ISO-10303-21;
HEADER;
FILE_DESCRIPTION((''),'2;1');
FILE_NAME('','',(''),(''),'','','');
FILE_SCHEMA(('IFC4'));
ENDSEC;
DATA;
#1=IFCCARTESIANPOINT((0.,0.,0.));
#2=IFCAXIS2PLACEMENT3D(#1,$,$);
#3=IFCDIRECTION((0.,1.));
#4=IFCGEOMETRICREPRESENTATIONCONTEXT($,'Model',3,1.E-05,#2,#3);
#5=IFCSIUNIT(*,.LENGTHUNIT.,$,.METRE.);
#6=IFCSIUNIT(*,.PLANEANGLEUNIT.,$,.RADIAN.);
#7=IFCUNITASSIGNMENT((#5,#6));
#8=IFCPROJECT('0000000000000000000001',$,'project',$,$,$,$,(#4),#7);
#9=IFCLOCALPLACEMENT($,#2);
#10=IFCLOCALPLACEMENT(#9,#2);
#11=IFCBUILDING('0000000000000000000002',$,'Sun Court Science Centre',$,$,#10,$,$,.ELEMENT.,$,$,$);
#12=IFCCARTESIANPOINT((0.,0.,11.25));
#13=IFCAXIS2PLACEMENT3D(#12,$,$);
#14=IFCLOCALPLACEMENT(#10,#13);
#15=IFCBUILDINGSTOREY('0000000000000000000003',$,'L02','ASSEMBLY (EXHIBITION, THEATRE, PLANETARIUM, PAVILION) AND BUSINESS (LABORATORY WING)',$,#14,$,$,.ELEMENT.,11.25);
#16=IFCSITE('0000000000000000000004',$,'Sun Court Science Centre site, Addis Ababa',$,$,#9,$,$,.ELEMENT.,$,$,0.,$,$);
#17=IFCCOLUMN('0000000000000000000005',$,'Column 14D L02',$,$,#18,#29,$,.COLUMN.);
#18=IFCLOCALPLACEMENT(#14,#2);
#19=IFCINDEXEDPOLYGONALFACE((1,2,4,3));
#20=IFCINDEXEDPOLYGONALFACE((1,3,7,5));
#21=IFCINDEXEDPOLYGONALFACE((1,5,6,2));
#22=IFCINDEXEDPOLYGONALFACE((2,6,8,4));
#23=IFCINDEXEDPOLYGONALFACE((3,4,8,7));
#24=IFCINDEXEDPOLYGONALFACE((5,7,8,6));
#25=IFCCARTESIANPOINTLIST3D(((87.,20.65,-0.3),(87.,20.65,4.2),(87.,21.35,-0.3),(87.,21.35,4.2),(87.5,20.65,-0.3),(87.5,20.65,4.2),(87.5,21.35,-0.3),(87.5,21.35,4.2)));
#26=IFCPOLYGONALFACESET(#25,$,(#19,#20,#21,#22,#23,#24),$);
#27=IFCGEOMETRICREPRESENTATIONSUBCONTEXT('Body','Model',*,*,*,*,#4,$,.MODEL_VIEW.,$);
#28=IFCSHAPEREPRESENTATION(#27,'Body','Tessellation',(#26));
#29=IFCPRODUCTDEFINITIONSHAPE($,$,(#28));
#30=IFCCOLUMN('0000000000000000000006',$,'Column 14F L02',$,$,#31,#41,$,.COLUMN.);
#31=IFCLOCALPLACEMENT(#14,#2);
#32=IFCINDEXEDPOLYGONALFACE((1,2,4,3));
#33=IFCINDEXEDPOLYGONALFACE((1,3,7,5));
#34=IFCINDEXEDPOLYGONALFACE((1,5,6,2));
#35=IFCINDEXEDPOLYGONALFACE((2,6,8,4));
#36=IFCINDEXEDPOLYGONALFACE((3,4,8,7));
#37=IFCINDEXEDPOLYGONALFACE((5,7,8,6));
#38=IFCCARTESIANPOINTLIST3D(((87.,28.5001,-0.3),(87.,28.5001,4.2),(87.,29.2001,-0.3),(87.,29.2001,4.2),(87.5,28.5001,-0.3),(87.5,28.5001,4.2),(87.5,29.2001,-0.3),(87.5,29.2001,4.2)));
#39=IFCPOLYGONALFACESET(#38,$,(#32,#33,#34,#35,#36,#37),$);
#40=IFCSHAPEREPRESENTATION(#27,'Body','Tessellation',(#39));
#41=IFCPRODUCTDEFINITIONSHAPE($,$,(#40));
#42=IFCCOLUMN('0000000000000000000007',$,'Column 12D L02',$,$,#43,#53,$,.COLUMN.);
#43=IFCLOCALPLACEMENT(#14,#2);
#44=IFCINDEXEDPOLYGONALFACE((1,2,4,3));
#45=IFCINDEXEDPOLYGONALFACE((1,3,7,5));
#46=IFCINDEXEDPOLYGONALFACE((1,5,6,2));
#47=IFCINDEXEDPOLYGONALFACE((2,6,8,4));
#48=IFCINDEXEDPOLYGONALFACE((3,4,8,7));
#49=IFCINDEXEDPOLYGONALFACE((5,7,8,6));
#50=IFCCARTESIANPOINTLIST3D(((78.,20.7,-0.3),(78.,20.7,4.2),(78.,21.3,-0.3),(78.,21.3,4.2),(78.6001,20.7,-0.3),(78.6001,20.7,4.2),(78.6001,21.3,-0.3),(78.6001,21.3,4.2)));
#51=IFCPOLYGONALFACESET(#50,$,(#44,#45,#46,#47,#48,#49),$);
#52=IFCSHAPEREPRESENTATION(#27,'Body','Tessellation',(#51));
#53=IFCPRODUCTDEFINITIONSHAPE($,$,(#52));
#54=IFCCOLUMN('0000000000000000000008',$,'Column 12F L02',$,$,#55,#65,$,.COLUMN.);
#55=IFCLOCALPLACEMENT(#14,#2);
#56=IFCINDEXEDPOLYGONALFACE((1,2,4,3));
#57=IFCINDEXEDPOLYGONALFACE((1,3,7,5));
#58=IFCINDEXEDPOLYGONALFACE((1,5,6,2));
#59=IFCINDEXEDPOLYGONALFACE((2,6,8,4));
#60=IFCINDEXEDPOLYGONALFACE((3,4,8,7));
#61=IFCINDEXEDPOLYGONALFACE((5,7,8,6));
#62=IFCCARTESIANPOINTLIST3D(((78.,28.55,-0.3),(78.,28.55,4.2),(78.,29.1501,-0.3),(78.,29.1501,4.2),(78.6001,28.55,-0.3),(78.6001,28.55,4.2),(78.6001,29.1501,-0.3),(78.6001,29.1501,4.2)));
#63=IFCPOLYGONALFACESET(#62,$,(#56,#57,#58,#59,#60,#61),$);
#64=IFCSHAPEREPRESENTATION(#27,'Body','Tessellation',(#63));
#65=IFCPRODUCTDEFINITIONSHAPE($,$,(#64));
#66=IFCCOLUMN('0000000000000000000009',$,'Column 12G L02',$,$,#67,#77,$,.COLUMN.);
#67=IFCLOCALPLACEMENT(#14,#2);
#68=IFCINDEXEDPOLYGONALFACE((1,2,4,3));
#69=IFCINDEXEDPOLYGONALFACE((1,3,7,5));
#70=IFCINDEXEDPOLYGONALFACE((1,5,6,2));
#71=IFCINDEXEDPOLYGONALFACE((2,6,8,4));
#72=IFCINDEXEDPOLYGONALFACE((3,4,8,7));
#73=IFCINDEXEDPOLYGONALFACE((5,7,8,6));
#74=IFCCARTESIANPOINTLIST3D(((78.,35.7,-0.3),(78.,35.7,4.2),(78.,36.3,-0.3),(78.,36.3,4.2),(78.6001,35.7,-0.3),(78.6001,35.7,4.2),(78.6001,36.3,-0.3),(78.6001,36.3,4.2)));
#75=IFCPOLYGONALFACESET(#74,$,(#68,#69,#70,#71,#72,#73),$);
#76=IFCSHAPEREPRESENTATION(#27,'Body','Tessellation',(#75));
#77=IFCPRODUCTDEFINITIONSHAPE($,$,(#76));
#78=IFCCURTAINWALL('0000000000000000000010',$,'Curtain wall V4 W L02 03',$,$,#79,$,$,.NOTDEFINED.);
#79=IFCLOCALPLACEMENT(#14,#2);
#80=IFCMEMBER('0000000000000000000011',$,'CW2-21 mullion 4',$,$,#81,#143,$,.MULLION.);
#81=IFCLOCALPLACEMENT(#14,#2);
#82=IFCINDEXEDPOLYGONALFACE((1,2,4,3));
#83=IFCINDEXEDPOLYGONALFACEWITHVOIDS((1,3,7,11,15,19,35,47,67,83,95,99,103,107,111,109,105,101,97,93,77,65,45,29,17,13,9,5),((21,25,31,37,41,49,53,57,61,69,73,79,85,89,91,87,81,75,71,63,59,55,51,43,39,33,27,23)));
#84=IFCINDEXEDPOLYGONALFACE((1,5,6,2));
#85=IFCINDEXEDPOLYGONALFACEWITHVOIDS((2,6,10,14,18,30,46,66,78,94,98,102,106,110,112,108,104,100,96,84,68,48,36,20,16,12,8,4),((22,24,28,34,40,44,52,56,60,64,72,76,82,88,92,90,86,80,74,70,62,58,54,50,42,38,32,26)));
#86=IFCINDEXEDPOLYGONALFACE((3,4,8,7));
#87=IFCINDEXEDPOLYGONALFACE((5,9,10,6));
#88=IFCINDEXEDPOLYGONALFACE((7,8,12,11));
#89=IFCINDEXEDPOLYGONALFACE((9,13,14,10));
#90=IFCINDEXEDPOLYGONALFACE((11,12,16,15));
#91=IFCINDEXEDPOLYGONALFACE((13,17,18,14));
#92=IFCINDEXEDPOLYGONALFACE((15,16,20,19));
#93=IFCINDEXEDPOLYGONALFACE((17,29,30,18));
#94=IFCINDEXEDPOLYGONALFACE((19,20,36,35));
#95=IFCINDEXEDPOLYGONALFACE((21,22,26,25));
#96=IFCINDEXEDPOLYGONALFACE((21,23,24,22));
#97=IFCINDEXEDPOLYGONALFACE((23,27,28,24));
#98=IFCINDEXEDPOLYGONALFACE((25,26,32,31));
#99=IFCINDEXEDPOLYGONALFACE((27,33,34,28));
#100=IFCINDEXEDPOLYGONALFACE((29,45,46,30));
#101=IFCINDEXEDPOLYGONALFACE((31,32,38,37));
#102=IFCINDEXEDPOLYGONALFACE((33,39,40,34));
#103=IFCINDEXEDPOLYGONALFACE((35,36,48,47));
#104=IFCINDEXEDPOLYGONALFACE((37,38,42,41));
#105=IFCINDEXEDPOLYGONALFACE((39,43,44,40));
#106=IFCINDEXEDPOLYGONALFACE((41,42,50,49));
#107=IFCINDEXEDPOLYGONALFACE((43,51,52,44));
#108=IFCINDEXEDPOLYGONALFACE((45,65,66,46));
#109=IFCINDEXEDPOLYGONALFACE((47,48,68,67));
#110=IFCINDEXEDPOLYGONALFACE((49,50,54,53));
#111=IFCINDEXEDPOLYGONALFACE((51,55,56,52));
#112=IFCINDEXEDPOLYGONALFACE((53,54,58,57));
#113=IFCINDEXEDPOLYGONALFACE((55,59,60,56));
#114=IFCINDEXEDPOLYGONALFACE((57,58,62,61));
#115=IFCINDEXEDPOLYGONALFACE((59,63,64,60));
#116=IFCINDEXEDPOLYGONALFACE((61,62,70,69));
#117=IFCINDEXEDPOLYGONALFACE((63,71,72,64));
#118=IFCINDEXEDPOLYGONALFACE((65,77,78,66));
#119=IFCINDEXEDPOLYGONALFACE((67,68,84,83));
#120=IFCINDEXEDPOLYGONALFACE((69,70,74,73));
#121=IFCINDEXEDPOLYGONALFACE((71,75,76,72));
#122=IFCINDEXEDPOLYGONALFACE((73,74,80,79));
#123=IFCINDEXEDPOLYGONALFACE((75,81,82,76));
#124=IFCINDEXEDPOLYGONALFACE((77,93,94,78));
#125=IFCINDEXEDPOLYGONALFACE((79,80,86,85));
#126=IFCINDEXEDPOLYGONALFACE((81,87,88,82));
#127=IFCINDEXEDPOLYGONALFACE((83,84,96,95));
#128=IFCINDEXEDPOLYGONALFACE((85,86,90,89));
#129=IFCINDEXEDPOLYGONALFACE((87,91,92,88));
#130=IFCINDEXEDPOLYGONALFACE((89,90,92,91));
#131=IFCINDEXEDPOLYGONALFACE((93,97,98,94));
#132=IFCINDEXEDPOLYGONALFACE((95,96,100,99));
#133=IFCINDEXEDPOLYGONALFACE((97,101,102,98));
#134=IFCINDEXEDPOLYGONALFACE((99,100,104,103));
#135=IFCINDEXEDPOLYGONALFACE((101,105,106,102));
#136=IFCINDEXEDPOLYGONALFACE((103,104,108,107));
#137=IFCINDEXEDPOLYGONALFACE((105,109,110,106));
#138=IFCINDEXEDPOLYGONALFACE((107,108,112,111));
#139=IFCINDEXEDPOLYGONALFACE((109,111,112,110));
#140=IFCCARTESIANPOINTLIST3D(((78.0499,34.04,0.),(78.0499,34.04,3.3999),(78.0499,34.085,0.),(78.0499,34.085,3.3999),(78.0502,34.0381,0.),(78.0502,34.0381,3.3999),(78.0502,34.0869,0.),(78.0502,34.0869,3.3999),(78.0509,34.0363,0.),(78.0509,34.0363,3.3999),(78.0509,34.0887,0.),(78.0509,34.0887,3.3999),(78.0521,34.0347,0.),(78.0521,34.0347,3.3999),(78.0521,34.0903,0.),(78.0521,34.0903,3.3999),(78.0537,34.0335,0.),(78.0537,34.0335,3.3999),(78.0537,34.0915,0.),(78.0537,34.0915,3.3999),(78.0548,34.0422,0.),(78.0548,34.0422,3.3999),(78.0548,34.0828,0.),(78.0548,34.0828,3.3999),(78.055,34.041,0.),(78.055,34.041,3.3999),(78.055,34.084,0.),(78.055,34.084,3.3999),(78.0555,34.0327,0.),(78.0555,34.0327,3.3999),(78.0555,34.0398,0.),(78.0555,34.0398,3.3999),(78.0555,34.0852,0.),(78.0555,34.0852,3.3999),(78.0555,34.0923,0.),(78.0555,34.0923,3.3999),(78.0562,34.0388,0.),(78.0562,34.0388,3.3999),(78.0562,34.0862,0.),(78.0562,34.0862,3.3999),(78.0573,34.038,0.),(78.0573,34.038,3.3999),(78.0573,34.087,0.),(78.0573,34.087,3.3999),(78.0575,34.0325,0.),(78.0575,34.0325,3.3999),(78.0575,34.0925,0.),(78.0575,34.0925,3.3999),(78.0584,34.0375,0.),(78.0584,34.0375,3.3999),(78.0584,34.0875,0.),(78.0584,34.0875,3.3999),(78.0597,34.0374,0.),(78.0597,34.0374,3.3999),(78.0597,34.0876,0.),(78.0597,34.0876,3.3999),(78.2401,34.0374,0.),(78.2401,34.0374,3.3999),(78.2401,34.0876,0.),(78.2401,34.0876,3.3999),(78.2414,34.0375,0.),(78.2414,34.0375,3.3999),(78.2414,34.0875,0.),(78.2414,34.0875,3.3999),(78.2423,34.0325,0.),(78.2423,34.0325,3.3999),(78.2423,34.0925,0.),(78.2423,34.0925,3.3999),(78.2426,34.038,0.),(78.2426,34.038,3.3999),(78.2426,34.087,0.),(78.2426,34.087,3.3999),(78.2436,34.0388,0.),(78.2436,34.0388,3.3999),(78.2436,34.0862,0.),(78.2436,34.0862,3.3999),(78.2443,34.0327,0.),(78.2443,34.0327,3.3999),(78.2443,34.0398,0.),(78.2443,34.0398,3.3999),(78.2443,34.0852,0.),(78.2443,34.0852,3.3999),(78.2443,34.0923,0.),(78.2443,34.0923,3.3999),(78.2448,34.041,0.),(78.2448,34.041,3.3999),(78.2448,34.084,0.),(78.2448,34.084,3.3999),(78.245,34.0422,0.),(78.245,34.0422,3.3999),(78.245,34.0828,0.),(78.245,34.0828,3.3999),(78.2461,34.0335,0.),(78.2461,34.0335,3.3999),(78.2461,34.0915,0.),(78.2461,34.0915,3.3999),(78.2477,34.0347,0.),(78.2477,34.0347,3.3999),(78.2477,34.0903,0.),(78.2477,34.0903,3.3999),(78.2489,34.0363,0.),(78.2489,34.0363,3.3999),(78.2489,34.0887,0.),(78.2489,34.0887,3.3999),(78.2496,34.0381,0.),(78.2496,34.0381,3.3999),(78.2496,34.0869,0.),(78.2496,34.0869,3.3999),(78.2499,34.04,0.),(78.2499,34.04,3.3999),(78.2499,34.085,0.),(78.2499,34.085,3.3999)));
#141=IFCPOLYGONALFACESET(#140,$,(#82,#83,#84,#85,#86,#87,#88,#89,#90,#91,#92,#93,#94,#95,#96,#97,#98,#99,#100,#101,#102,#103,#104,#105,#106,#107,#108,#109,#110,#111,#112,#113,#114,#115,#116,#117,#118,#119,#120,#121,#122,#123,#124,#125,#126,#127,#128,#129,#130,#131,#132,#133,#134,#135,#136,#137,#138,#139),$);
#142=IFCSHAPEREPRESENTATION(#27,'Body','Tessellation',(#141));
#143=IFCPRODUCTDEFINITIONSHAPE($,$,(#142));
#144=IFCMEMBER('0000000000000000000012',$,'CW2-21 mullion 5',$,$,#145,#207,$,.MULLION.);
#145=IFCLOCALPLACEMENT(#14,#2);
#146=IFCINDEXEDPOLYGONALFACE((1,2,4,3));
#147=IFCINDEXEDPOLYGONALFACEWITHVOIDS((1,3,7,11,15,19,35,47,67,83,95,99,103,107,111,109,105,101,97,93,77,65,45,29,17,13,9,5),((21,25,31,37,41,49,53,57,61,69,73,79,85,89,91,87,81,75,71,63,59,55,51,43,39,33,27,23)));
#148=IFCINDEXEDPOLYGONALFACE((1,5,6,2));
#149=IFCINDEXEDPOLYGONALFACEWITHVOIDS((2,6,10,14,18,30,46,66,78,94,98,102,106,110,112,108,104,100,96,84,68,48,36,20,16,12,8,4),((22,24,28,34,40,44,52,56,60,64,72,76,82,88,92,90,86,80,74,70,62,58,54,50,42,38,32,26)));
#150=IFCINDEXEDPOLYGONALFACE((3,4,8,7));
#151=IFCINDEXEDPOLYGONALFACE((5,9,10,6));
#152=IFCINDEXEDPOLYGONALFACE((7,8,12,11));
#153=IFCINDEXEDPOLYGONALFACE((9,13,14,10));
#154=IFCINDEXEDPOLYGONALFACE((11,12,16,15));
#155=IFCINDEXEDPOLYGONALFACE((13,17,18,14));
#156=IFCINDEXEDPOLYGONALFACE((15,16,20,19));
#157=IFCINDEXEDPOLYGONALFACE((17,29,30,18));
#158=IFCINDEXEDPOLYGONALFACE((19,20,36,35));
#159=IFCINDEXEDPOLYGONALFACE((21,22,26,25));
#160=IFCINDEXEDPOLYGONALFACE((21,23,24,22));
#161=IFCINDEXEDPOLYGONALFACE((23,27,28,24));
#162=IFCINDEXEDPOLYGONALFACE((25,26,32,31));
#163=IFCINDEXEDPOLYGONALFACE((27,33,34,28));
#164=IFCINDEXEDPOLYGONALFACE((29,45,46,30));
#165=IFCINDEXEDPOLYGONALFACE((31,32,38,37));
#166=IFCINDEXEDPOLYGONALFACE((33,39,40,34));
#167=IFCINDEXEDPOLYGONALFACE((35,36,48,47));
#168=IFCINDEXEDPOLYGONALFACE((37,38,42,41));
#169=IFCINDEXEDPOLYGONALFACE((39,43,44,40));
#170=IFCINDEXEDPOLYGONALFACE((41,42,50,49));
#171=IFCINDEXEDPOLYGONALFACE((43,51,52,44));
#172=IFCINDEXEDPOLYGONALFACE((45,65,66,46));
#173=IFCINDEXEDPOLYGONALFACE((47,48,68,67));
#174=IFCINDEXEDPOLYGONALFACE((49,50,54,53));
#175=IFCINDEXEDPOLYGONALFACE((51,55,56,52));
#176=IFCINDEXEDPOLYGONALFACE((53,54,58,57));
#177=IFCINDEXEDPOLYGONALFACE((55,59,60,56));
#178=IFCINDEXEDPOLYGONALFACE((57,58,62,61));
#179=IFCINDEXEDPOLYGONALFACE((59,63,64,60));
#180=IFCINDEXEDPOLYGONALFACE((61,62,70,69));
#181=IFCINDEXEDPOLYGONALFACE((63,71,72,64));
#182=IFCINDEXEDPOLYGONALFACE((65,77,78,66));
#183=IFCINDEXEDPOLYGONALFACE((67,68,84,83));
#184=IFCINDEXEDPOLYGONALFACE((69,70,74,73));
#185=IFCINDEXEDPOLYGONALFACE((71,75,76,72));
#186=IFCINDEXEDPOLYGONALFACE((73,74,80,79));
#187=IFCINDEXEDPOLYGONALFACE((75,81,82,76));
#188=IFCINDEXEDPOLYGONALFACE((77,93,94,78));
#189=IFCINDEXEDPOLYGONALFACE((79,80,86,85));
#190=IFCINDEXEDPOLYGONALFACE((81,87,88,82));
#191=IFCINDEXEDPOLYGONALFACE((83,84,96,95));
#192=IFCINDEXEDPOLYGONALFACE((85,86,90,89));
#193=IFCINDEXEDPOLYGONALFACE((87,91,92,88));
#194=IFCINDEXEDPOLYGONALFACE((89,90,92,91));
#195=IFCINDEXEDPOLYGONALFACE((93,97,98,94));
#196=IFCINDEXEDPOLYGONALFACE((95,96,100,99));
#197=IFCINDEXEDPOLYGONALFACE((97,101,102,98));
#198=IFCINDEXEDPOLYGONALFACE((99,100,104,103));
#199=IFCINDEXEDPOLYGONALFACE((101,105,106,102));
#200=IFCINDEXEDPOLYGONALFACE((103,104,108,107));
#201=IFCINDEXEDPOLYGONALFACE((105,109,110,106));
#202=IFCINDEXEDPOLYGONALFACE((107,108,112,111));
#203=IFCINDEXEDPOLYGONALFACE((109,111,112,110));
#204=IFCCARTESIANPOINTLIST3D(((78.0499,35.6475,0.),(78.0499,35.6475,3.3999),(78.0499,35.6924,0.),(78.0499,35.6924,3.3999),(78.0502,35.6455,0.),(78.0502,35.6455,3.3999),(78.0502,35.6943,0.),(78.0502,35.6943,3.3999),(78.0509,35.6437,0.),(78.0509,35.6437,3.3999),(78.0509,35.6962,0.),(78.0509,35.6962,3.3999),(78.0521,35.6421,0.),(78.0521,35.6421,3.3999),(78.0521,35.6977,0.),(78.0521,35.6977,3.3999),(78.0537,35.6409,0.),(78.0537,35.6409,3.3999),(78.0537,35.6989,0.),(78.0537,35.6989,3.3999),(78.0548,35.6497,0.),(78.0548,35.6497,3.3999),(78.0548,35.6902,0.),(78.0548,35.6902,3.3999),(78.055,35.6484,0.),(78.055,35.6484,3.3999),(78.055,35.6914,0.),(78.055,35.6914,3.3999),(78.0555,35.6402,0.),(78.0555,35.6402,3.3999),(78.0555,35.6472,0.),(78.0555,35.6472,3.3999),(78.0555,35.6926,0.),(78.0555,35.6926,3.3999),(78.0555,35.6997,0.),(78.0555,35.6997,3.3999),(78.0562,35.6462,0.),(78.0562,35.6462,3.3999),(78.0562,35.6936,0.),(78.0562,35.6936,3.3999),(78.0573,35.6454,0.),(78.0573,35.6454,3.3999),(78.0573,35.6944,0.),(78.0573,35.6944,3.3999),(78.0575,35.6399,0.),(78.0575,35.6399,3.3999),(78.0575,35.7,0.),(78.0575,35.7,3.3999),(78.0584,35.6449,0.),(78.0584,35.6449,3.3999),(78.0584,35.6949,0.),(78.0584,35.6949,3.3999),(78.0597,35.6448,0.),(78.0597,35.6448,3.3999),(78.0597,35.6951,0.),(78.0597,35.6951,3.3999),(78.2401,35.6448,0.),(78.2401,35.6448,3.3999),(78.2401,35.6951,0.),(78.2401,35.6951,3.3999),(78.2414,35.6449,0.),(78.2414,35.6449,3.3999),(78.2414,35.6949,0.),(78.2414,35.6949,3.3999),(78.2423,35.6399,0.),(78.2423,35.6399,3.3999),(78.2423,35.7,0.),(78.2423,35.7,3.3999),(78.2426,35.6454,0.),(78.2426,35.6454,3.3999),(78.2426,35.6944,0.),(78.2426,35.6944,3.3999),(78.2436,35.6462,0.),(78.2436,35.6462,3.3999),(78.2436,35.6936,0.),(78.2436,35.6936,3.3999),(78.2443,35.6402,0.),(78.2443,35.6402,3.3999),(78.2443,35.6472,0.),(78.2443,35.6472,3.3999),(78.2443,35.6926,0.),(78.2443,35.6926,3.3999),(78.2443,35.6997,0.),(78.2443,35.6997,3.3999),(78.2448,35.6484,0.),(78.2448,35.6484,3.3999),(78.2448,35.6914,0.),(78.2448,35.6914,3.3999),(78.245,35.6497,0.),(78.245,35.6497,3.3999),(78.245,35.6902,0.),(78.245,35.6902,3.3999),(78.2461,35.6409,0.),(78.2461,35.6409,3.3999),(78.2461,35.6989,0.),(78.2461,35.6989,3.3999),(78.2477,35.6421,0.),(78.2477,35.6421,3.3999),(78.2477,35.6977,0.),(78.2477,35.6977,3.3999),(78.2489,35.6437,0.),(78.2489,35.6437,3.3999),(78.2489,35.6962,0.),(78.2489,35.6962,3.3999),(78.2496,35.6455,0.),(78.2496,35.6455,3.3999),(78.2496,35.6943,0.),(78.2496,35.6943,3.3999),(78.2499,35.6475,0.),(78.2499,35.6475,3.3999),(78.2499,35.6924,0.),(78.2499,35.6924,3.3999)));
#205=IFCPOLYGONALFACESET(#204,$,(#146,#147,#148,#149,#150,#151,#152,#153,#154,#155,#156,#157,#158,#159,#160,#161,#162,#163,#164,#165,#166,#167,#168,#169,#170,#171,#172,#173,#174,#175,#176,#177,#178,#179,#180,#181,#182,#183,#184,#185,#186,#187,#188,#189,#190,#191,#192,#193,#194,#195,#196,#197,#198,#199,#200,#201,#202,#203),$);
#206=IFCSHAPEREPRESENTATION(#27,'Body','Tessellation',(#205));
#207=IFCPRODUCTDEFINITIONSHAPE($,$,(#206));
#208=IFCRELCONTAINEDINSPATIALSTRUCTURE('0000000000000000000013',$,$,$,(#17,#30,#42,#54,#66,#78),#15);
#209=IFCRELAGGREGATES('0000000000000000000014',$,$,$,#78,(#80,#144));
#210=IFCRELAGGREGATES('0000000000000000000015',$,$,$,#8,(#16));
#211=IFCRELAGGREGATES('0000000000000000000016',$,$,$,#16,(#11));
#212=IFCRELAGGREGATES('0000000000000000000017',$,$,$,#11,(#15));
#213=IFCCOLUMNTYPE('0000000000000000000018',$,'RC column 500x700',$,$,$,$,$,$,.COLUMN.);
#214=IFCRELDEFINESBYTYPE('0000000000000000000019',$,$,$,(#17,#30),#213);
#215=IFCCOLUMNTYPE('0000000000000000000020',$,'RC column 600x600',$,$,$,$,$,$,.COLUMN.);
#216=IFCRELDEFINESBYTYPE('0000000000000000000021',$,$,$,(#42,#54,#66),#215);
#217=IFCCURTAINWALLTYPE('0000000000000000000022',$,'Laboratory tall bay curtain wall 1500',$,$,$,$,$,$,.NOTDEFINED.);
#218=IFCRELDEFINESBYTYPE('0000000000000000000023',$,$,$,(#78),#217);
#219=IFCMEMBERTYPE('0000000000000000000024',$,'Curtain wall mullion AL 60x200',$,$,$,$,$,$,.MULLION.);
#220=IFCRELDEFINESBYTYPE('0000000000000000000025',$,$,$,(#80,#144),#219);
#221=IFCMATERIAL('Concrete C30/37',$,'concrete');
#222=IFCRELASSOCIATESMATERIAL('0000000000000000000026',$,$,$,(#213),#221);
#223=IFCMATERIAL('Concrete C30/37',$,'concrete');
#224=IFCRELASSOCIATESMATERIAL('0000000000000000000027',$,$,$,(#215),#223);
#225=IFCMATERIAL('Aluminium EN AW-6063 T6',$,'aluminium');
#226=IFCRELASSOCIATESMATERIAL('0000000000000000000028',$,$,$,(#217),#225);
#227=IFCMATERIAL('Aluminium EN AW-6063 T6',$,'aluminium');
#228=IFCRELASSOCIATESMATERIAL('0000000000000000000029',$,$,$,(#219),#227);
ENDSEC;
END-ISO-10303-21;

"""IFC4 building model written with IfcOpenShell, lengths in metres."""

from ifc_helpers import new_model, si_unit, direction, frame, origin, origin_2d, place, context, subcontext, project, spatial, rectangle, hollow_rectangle, extrude, material, material_profile, profile_set, type_object, element, aggregate, save


model = new_model("IFC4")

# Units and contexts
model_context = context("Model", 3, precision=1e-05, world=origin(), true_north=direction((0.0, 1.0)))
body_context = subcontext(model_context, "Body", "Model", "MODEL_VIEW")
ifc_project = project(units=[si_unit("LENGTHUNIT", "METRE"), si_unit("PLANEANGLEUNIT", "RADIAN")], contexts=[model_context])

# Site, building, storey
site_placement = place(None, origin())
site = spatial("IfcSite", under=ifc_project, at=site_placement, Name="Sun Court Science Centre site, Addis Ababa", CompositionType="ELEMENT", RefElevation=0.0)
building_placement = place(site_placement, origin())
building = spatial("IfcBuilding", under=site, at=building_placement, Name="Sun Court Science Centre", CompositionType="ELEMENT")
storey_placement = place(building_placement, frame((0.0, 0.0, 11.25)))
storey = spatial("IfcBuildingStorey", under=building, at=storey_placement, Name="L02", Description="ASSEMBLY (EXHIBITION, THEATRE, PLANETARIUM, PAVILION) AND BUSINESS (LABORATORY WING)", CompositionType="ELEMENT", Elevation=11.25)

# Columns
ifc_material_1 = material(Name="Concrete C30/37", Category="concrete")
ifc_material_profile_1 = material_profile(ifc_material_1, rectangle(XDim=0.5, YDim=0.7, at=origin_2d()), Name="RC 500x700")
ifc_profile_set_1 = profile_set([ifc_material_profile_1], Name="Concrete C30/37")
column_type_1 = type_object("IfcColumnType", Name="RC column 500x700", PredefinedType="COLUMN", material=ifc_profile_set_1)
for number, where, z_axis, x_axis, name in (
    (1, (87.25, 21.0, -0.3), (0.0, 0.0, 1.0), (1.0, 0.0, 0.0), "Column 14D L02"),
    (2, (87.25, 28.8501, -0.3), (0.0, 0.0, 1.0), (1.0, 0.0, 0.0), "Column 14F L02"),
):
    element("IfcColumn", number, at=place(storey_placement, frame(where, z_axis=z_axis, x_axis=x_axis)), inside=storey, type_object=column_type_1, Name=name, PredefinedType="COLUMN", context=body_context, shape_type="SweptSolid", body=[
        extrude(rectangle(XDim=0.5, YDim=0.7, at=origin_2d()), origin(), (0.0, 0.0, 1.0), 4.5),
    ])
ifc_material_2 = material(Name="Concrete C30/37", Category="concrete")
ifc_material_profile_2 = material_profile(ifc_material_2, rectangle(XDim=0.6001, YDim=0.6001, at=origin_2d()), Name="RC 600x600")
ifc_profile_set_2 = profile_set([ifc_material_profile_2], Name="Concrete C30/37")
column_type_2 = type_object("IfcColumnType", Name="RC column 600x600", PredefinedType="COLUMN", material=ifc_profile_set_2)
for number, where, z_axis, x_axis, name in (
    (3, (78.3, 21.0, -0.3), (0.0, 0.0, 1.0), (1.0, 0.0, 0.0), "Column 12D L02"),
    (4, (78.3, 28.8501, -0.3), (0.0, 0.0, 1.0), (1.0, 0.0, 0.0), "Column 12F L02"),
    (5, (78.3, 36.0, -0.3), (0.0, 0.0, 1.0), (1.0, 0.0, 0.0), "Column 12G L02"),
):
    element("IfcColumn", number, at=place(storey_placement, frame(where, z_axis=z_axis, x_axis=x_axis)), inside=storey, type_object=column_type_2, Name=name, PredefinedType="COLUMN", context=body_context, shape_type="SweptSolid", body=[
        extrude(rectangle(XDim=0.6001, YDim=0.6001, at=origin_2d()), origin(), (0.0, 0.0, 1.0), 4.5),
    ])

# Curtain wall, members
ifc_material_3 = material(Name="Aluminium EN AW-6063 T6", Category="aluminium")
curtain_wall_type = type_object("IfcCurtainWallType", Name="Laboratory tall bay curtain wall 1500", PredefinedType="NOTDEFINED", material=ifc_material_3)
curtain_wall_placement = place(storey_placement, origin())
curtain_wall = element("IfcCurtainWall", 6, at=curtain_wall_placement, inside=storey, type_object=curtain_wall_type, Name="Curtain wall V4 W L02 03", PredefinedType="NOTDEFINED")
ifc_material_4 = material(Name="Aluminium EN AW-6063 T6", Category="aluminium")
ifc_material_profile_3 = material_profile(ifc_material_4, hollow_rectangle(XDim=0.0601, YDim=0.2, WallThickness=0.0049, InnerFilletRadius=0.0049, OuterFilletRadius=0.0076, at=origin_2d()), Name="AL 60x200x5")
ifc_profile_set_3 = profile_set([ifc_material_profile_3], Name="Aluminium EN AW-6063 T6")
member_type_1 = type_object("IfcMemberType", Name="Curtain wall mullion AL 60x200", PredefinedType="MULLION", material=ifc_profile_set_3)
member_1_placement = place(storey_placement, frame((78.1499, 34.0625, 0.0), z_axis=(0.0, 0.0, 1.0), x_axis=(0.0, 1.0, 0.0)))
member_1 = element("IfcMember", 7, at=member_1_placement, type_object=member_type_1, Name="CW2-21 mullion 4", PredefinedType="MULLION", context=body_context, shape_type="SweptSolid", body=[
    extrude(hollow_rectangle(XDim=0.0601, YDim=0.2, WallThickness=0.0049, InnerFilletRadius=0.0049, OuterFilletRadius=0.0076, at=origin_2d()), origin(), (0.0, 0.0, 1.0), 3.3999),
])
member_2_placement = place(storey_placement, frame((78.1499, 35.6699, 0.0), z_axis=(0.0, 0.0, 1.0), x_axis=(0.0, 1.0, 0.0)))
member_2 = element("IfcMember", 8, at=member_2_placement, type_object=member_type_1, Name="CW2-21 mullion 5", PredefinedType="MULLION", context=body_context, shape_type="SweptSolid", body=[
    extrude(hollow_rectangle(XDim=0.0601, YDim=0.2, WallThickness=0.0049, InnerFilletRadius=0.0049, OuterFilletRadius=0.0076, at=origin_2d()), origin(), (0.0, 0.0, 1.0), 3.3999),
])

aggregate(curtain_wall, [member_1, member_2])

save(model, "model.ifc")
